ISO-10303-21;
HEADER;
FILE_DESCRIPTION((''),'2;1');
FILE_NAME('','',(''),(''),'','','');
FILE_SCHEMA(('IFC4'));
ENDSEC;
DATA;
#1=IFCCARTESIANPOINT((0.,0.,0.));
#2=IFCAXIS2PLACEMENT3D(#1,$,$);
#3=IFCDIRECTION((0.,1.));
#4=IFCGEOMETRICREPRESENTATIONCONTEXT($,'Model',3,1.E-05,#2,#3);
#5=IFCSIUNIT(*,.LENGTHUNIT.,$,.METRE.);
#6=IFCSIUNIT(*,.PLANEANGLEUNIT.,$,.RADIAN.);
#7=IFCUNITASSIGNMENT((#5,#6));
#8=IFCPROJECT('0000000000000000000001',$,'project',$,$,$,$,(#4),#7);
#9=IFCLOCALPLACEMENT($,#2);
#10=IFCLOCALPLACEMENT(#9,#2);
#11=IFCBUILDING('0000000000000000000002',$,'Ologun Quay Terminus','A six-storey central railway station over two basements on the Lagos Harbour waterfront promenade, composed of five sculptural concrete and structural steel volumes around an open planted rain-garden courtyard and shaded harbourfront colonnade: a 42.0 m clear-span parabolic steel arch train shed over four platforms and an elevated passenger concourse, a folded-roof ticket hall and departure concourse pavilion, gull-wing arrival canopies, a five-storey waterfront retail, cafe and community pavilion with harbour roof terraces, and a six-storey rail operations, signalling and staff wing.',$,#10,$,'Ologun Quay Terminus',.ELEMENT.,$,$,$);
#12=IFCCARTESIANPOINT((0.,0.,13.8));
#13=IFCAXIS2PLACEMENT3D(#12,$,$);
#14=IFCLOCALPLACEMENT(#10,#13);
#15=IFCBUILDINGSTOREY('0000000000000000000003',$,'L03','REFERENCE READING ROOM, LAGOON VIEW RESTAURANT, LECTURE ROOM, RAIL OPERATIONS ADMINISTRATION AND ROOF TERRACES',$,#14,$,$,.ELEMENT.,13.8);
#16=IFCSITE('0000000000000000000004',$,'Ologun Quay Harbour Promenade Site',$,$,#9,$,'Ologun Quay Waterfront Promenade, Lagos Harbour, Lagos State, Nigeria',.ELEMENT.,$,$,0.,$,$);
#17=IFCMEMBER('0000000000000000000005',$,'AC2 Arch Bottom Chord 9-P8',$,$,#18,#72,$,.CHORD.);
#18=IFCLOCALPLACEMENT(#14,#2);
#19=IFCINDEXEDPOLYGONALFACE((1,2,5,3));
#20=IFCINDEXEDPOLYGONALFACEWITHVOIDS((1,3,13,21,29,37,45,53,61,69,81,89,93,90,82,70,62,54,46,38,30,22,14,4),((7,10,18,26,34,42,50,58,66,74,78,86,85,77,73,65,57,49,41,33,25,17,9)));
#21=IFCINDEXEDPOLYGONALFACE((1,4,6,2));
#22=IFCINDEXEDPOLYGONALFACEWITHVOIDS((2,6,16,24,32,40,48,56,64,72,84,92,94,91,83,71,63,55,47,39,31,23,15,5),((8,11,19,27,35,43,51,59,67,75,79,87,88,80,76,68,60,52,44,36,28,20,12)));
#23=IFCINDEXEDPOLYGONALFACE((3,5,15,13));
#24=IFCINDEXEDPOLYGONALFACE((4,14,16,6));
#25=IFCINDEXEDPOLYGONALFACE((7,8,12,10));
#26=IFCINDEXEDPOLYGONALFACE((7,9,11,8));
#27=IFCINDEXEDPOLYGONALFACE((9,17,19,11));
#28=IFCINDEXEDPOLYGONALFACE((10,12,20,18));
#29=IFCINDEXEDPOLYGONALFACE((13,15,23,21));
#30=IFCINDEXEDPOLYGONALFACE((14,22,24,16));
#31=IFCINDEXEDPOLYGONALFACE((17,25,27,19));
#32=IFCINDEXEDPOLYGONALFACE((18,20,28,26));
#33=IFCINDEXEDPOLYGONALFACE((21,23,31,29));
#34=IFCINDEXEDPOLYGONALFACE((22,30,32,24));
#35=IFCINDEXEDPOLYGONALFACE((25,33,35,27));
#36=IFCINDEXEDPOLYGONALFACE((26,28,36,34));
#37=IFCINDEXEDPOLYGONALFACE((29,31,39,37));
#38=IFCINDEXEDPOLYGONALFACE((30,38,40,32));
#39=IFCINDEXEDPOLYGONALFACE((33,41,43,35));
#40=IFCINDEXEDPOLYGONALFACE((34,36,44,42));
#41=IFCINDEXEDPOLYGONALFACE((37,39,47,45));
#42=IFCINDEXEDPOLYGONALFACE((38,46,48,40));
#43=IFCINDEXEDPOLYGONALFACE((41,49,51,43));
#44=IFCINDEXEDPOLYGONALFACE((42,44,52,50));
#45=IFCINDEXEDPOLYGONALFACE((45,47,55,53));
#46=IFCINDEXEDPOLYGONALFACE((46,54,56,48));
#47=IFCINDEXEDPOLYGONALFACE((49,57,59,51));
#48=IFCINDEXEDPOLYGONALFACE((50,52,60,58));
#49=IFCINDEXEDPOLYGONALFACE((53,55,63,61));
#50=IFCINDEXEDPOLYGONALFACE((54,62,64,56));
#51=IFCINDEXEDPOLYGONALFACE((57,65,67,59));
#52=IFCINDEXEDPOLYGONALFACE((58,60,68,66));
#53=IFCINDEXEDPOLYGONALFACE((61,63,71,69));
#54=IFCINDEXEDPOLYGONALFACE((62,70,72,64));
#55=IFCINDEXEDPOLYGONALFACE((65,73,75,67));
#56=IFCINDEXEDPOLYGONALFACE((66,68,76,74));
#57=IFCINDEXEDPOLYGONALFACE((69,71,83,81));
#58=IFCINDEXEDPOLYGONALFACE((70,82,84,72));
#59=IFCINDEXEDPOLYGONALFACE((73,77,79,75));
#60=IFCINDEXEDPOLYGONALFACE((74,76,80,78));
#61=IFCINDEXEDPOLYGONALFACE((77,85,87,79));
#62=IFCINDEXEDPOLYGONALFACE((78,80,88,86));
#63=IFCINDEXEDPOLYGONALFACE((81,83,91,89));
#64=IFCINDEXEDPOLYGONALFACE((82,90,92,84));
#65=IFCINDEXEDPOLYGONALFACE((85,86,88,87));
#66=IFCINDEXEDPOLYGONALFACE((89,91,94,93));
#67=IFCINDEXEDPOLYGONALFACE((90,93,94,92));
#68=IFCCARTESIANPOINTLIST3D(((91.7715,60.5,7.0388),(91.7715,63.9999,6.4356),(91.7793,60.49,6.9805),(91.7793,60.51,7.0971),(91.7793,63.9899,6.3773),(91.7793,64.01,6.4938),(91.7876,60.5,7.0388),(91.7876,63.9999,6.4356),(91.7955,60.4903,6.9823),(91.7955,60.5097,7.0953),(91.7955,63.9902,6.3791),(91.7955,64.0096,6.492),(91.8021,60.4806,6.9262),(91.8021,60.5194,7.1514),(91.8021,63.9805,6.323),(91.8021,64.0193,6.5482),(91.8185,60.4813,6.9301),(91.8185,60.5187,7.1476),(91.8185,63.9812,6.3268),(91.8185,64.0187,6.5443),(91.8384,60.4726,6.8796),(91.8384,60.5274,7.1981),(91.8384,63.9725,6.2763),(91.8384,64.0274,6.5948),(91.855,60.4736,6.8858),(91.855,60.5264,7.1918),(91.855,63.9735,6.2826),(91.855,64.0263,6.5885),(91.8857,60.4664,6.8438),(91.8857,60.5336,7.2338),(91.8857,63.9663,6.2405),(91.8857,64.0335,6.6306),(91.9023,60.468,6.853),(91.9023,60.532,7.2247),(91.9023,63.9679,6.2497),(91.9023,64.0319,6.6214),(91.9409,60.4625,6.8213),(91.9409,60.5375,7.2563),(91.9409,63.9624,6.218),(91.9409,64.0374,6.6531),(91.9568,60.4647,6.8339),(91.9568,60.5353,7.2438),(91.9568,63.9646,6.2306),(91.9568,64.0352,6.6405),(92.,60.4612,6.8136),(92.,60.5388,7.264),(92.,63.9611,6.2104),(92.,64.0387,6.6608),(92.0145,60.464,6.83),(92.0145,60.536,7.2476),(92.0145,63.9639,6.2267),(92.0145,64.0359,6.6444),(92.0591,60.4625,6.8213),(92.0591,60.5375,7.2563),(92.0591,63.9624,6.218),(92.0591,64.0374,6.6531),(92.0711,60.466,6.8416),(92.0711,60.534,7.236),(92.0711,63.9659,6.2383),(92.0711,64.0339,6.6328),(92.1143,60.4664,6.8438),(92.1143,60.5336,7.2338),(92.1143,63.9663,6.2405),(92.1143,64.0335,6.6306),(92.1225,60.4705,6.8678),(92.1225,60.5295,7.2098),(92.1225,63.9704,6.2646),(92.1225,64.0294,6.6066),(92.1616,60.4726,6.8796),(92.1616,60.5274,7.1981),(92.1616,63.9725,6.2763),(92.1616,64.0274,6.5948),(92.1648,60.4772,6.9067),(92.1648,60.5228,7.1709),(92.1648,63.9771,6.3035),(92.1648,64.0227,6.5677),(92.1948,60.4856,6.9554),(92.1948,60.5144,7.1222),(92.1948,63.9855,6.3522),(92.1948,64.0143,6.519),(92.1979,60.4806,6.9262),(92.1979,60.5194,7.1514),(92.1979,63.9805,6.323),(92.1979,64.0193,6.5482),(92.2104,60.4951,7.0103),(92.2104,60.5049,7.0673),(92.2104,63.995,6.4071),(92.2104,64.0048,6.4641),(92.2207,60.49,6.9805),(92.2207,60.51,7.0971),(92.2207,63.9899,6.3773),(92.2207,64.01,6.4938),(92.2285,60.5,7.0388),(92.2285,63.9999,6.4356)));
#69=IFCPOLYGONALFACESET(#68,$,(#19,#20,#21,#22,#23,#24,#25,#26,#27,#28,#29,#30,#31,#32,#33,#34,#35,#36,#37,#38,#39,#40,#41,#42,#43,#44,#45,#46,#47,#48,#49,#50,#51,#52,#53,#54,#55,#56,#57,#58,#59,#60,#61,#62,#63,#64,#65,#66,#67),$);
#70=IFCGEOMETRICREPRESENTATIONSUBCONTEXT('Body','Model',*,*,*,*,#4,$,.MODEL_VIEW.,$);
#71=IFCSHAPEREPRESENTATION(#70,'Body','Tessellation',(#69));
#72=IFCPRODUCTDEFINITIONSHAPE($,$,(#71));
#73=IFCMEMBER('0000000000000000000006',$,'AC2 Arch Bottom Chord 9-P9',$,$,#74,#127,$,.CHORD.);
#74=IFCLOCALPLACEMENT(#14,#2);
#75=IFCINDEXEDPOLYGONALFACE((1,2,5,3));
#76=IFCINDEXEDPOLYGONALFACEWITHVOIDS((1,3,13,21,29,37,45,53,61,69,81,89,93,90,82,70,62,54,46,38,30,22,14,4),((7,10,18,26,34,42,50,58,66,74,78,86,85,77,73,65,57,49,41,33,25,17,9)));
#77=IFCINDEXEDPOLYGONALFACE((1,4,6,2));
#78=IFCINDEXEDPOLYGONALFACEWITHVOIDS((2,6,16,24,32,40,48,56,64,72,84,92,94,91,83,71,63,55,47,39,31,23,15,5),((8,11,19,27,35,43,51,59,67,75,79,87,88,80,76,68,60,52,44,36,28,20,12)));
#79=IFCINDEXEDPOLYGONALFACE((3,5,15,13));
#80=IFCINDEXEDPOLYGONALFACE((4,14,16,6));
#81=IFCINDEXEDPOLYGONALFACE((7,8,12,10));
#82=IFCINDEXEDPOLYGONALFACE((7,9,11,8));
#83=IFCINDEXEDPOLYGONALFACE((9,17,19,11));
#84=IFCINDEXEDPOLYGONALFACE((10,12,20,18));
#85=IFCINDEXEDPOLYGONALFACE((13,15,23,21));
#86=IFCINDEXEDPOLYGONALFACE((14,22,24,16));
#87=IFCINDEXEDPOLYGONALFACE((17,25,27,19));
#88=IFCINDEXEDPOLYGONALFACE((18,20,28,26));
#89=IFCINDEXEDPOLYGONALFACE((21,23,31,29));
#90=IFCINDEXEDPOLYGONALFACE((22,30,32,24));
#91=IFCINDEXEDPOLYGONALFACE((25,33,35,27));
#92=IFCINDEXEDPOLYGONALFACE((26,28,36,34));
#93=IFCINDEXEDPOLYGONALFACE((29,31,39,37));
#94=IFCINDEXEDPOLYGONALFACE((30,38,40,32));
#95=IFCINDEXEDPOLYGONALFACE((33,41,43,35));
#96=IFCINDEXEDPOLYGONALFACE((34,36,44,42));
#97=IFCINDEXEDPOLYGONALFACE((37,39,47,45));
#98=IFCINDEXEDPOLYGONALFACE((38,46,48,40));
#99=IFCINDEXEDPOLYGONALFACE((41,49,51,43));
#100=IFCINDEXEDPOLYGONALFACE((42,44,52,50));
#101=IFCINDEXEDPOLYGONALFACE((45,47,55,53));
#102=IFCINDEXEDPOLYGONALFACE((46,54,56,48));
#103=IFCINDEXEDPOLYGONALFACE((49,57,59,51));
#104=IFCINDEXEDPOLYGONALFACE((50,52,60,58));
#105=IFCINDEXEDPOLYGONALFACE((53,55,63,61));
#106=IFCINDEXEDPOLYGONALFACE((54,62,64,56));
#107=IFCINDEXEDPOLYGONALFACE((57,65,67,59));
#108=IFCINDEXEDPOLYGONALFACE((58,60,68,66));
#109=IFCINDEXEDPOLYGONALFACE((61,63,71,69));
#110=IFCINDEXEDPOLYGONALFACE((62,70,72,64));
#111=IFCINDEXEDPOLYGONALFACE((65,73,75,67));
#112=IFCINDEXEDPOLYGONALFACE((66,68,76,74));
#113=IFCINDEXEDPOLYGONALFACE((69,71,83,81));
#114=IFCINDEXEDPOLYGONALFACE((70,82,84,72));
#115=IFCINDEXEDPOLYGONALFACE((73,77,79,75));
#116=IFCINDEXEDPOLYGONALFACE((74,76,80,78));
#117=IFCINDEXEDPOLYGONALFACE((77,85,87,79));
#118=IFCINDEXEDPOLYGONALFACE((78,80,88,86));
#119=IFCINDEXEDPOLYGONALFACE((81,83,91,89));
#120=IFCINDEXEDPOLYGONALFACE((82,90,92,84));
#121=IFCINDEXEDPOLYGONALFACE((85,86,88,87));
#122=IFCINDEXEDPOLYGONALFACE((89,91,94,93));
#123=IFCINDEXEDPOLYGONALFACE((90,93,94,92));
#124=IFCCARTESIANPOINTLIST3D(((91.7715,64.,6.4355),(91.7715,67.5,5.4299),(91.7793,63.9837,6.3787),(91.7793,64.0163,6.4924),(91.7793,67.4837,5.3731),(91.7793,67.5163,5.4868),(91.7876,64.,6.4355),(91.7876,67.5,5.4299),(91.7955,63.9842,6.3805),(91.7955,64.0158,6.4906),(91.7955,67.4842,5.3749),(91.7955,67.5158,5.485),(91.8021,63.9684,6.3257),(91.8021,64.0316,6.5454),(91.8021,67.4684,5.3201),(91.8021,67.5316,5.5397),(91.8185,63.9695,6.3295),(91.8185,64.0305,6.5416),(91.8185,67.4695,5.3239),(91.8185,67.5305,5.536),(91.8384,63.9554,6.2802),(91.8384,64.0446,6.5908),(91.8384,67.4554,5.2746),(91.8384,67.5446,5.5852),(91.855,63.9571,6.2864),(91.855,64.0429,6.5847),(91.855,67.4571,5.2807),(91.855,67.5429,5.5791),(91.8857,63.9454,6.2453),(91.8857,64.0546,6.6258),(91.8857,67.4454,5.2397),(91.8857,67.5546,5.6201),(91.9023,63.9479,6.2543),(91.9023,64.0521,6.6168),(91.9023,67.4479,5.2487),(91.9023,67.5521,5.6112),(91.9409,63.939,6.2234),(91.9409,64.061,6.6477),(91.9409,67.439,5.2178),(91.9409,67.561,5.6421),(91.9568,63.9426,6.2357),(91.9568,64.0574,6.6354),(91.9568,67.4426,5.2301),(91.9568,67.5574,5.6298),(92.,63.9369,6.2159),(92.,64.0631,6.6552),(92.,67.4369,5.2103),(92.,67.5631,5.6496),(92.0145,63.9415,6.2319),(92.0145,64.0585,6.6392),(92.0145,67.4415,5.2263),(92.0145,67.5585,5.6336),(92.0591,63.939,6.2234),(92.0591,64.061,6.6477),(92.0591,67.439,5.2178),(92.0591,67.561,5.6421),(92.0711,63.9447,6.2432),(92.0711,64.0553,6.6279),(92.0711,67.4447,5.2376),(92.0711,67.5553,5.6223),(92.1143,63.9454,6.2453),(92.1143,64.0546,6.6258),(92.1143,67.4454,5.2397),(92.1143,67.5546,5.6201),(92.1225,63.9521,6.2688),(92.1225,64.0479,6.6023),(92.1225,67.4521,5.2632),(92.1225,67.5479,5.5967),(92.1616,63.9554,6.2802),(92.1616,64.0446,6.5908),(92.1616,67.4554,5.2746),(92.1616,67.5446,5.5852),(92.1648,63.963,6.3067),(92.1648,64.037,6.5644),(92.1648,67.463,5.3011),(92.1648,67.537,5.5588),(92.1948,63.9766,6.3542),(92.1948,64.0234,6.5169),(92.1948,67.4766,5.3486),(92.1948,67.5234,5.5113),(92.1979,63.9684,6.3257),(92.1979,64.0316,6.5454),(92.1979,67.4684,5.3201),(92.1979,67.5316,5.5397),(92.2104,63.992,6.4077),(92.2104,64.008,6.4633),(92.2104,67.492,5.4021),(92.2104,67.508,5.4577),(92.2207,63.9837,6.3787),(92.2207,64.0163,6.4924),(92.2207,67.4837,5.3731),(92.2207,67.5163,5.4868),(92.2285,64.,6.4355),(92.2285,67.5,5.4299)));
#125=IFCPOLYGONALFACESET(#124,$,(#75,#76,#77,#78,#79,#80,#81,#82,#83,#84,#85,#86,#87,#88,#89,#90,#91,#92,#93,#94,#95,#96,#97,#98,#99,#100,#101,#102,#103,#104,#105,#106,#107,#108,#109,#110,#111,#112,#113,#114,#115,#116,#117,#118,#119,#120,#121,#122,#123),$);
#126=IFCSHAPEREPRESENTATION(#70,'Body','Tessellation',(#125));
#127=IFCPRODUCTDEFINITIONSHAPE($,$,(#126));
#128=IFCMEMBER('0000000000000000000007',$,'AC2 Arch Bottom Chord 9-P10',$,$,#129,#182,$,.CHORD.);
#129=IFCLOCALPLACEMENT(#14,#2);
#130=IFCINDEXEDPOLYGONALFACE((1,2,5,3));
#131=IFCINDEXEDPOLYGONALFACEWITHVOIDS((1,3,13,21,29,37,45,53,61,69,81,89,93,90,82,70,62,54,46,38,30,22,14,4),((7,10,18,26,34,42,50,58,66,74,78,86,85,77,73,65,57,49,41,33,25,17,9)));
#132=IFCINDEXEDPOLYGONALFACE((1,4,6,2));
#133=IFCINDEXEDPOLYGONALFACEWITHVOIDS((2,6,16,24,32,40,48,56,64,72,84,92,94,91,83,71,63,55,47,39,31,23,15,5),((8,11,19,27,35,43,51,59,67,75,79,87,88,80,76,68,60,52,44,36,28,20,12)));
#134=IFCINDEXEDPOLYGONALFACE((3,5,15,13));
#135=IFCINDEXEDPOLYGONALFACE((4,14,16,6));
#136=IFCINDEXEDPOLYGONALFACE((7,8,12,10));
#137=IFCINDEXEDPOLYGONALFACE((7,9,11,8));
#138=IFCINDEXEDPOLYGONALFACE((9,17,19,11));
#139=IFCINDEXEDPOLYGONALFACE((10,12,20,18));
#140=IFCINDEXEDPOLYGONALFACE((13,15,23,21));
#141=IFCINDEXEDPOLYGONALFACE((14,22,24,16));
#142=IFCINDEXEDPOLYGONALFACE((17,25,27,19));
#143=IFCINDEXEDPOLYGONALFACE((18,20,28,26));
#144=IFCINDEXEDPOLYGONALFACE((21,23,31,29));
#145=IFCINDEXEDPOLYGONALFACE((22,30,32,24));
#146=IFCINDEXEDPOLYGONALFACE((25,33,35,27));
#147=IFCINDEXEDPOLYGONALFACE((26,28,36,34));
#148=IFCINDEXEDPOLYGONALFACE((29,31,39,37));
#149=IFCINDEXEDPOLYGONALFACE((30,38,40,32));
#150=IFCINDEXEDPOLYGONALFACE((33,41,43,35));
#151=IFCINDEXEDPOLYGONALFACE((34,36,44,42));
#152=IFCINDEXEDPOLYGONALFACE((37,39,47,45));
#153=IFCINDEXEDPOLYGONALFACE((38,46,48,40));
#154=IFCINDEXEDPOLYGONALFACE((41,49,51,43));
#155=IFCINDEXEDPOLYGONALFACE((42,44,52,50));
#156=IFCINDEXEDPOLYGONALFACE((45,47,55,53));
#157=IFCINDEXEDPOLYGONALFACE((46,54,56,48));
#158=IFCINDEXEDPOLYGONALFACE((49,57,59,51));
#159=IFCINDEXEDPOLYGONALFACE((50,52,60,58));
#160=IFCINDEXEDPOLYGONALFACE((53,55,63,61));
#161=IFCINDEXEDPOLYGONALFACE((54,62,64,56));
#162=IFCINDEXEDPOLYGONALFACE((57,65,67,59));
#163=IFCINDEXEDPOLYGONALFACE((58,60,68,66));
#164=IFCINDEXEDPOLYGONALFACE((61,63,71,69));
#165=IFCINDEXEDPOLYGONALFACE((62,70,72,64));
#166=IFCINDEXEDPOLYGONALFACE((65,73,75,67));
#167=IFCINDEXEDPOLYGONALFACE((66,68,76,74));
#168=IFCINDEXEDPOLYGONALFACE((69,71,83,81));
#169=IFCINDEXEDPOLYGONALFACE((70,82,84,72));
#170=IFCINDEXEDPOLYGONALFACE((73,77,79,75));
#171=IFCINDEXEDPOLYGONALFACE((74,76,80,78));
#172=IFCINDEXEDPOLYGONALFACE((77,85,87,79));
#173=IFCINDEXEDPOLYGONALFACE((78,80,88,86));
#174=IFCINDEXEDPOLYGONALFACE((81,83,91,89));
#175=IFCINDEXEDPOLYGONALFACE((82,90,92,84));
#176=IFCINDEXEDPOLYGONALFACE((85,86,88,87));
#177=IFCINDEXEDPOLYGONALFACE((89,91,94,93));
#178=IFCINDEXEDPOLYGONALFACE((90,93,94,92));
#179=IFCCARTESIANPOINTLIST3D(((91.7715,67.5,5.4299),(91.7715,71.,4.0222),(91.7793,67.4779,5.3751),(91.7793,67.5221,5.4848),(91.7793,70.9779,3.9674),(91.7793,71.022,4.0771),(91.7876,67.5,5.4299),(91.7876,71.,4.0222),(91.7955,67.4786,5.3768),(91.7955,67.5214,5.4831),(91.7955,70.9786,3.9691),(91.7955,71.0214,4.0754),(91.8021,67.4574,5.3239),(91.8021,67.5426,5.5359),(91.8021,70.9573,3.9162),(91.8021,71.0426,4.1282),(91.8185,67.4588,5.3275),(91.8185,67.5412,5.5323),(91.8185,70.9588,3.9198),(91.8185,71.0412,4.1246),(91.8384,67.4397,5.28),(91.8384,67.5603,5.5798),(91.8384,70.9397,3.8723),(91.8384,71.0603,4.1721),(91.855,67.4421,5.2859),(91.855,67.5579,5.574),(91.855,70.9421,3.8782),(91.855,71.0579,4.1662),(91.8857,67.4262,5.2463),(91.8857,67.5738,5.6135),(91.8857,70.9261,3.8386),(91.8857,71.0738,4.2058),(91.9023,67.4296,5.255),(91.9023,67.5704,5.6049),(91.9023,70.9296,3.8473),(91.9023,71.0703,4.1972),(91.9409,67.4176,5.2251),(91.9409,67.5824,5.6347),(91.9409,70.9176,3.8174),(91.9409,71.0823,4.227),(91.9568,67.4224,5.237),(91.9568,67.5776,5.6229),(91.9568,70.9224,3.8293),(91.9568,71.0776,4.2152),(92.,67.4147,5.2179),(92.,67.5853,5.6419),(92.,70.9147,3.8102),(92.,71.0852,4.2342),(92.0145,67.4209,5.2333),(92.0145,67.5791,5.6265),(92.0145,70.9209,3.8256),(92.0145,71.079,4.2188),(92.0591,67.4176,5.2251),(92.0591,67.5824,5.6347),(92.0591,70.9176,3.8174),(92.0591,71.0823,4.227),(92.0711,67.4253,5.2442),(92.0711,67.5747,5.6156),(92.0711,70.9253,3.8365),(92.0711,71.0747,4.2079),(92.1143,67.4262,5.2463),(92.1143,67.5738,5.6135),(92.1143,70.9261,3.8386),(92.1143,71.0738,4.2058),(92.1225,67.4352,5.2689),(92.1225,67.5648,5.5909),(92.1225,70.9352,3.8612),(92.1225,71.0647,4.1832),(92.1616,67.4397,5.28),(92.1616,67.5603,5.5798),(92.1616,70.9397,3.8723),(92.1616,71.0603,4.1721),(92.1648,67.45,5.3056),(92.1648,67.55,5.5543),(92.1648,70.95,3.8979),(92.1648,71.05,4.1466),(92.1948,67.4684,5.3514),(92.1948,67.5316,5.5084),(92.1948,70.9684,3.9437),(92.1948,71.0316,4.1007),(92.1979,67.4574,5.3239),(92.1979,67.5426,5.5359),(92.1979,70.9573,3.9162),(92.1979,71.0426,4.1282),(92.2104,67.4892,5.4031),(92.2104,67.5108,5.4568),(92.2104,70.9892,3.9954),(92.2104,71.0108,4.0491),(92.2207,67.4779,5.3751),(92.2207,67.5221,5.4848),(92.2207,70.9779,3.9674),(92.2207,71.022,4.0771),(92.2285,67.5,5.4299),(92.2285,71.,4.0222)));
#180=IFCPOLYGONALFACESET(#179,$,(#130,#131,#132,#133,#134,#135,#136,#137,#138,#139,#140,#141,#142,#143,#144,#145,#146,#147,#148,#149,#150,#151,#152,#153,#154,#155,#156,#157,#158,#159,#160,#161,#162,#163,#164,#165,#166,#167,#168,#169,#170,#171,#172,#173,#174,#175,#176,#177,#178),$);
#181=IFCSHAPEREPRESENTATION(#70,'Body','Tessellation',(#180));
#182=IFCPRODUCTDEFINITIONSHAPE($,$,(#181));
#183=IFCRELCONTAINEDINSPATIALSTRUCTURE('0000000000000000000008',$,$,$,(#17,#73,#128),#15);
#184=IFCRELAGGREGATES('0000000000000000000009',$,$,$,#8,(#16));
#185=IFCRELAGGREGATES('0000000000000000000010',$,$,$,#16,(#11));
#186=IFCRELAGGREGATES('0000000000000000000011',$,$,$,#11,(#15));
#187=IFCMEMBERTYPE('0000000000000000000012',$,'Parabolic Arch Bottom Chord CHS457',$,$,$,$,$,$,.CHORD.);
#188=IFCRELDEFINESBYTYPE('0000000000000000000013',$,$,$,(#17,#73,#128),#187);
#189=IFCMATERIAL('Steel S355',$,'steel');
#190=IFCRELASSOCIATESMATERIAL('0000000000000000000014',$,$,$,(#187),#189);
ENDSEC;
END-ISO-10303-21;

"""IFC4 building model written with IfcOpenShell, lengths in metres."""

from ifc_helpers import new_model, si_unit, direction, frame, origin, origin_2d, place, context, subcontext, project, spatial, hollow_circle, extrude, material, material_profile, profile_set, type_object, element, save


model = new_model("IFC4")

# Units and contexts
model_context = context("Model", 3, precision=1e-05, world=origin(), true_north=direction((0.0, 1.0)))
body_context = subcontext(model_context, "Body", "Model", "MODEL_VIEW")
ifc_project = project(units=[si_unit("LENGTHUNIT", "METRE"), si_unit("PLANEANGLEUNIT", "RADIAN")], contexts=[model_context])

# Site, building, storey
site_placement = place(None, origin())
site = spatial("IfcSite", under=ifc_project, at=site_placement, Name="Ologun Quay Harbour Promenade Site", LongName="Ologun Quay Waterfront Promenade, Lagos Harbour, Lagos State, Nigeria", CompositionType="ELEMENT", RefElevation=0.0)
building_placement = place(site_placement, origin())
building = spatial("IfcBuilding", under=site, at=building_placement, Name="Ologun Quay Terminus", Description="A six-storey central railway station over two basements on the Lagos Harbour waterfront promenade, composed of five sculptural concrete and structural steel volumes around an open planted rain-garden courtyard and shaded harbourfront colonnade: a 42.0 m clear-span parabolic steel arch train shed over four platforms and an elevated passenger concourse, a folded-roof ticket hall and departure concourse pavilion, gull-wing arrival canopies, a five-storey waterfront retail, cafe and community pavilion with harbour roof terraces, and a six-storey rail operations, signalling and staff wing.", LongName="Ologun Quay Terminus", CompositionType="ELEMENT")
storey_placement = place(building_placement, frame((0.0, 0.0, 13.8)))
storey = spatial("IfcBuildingStorey", under=building, at=storey_placement, Name="L03", Description="REFERENCE READING ROOM, LAGOON VIEW RESTAURANT, LECTURE ROOM, RAIL OPERATIONS ADMINISTRATION AND ROOF TERRACES", CompositionType="ELEMENT", Elevation=13.8)

# Members
ifc_material_1 = material(Name="Steel S355", Category="steel")
ifc_material_profile_1 = material_profile(ifc_material_1, hollow_circle(Radius=0.2285, WallThickness=0.0161, at=origin_2d()), Name="CHS 457x16")
ifc_profile_set_1 = profile_set([ifc_material_profile_1], Name="Steel S355")
member_type_1 = type_object("IfcMemberType", Name="Parabolic Arch Bottom Chord CHS457", PredefinedType="CHORD", material=ifc_profile_set_1)
member_1_placement = place(storey_placement, frame((92.0, 60.5, 7.0388), z_axis=(0.0, 0.985468, -0.169859), x_axis=(-1.0, 0.0, 0.0)))
element("IfcMember", 1, at=member_1_placement, inside=storey, type_object=member_type_1, Name="AC2 Arch Bottom Chord 9-P8", PredefinedType="CHORD", context=body_context, shape_type="SweptSolid", body=[
    extrude(hollow_circle(Radius=0.2285, WallThickness=0.0161, at=origin_2d()), origin(), (0.0, 0.0, 1.0), 3.5515),
])
member_2_placement = place(storey_placement, frame((92.0, 64.0, 6.4355), z_axis=(0.0, 0.961116, -0.276146), x_axis=(-1.0, 0.0, 0.0)))
element("IfcMember", 2, at=member_2_placement, inside=storey, type_object=member_type_1, Name="AC2 Arch Bottom Chord 9-P9", PredefinedType="CHORD", context=body_context, shape_type="SweptSolid", body=[
    extrude(hollow_circle(Radius=0.2285, WallThickness=0.0161, at=origin_2d()), origin(), (0.0, 0.0, 1.0), 3.6416),
])
member_3_placement = place(storey_placement, frame((92.0, 67.5, 5.4299), z_axis=(0.0, 0.92777, -0.373153), x_axis=(-1.0, 0.0, 0.0)))
element("IfcMember", 3, at=member_3_placement, inside=storey, type_object=member_type_1, Name="AC2 Arch Bottom Chord 9-P10", PredefinedType="CHORD", context=body_context, shape_type="SweptSolid", body=[
    extrude(hollow_circle(Radius=0.2285, WallThickness=0.0161, at=origin_2d()), origin(), (0.0, 0.0, 1.0), 3.7725),
])

save(model, "model.ifc")
